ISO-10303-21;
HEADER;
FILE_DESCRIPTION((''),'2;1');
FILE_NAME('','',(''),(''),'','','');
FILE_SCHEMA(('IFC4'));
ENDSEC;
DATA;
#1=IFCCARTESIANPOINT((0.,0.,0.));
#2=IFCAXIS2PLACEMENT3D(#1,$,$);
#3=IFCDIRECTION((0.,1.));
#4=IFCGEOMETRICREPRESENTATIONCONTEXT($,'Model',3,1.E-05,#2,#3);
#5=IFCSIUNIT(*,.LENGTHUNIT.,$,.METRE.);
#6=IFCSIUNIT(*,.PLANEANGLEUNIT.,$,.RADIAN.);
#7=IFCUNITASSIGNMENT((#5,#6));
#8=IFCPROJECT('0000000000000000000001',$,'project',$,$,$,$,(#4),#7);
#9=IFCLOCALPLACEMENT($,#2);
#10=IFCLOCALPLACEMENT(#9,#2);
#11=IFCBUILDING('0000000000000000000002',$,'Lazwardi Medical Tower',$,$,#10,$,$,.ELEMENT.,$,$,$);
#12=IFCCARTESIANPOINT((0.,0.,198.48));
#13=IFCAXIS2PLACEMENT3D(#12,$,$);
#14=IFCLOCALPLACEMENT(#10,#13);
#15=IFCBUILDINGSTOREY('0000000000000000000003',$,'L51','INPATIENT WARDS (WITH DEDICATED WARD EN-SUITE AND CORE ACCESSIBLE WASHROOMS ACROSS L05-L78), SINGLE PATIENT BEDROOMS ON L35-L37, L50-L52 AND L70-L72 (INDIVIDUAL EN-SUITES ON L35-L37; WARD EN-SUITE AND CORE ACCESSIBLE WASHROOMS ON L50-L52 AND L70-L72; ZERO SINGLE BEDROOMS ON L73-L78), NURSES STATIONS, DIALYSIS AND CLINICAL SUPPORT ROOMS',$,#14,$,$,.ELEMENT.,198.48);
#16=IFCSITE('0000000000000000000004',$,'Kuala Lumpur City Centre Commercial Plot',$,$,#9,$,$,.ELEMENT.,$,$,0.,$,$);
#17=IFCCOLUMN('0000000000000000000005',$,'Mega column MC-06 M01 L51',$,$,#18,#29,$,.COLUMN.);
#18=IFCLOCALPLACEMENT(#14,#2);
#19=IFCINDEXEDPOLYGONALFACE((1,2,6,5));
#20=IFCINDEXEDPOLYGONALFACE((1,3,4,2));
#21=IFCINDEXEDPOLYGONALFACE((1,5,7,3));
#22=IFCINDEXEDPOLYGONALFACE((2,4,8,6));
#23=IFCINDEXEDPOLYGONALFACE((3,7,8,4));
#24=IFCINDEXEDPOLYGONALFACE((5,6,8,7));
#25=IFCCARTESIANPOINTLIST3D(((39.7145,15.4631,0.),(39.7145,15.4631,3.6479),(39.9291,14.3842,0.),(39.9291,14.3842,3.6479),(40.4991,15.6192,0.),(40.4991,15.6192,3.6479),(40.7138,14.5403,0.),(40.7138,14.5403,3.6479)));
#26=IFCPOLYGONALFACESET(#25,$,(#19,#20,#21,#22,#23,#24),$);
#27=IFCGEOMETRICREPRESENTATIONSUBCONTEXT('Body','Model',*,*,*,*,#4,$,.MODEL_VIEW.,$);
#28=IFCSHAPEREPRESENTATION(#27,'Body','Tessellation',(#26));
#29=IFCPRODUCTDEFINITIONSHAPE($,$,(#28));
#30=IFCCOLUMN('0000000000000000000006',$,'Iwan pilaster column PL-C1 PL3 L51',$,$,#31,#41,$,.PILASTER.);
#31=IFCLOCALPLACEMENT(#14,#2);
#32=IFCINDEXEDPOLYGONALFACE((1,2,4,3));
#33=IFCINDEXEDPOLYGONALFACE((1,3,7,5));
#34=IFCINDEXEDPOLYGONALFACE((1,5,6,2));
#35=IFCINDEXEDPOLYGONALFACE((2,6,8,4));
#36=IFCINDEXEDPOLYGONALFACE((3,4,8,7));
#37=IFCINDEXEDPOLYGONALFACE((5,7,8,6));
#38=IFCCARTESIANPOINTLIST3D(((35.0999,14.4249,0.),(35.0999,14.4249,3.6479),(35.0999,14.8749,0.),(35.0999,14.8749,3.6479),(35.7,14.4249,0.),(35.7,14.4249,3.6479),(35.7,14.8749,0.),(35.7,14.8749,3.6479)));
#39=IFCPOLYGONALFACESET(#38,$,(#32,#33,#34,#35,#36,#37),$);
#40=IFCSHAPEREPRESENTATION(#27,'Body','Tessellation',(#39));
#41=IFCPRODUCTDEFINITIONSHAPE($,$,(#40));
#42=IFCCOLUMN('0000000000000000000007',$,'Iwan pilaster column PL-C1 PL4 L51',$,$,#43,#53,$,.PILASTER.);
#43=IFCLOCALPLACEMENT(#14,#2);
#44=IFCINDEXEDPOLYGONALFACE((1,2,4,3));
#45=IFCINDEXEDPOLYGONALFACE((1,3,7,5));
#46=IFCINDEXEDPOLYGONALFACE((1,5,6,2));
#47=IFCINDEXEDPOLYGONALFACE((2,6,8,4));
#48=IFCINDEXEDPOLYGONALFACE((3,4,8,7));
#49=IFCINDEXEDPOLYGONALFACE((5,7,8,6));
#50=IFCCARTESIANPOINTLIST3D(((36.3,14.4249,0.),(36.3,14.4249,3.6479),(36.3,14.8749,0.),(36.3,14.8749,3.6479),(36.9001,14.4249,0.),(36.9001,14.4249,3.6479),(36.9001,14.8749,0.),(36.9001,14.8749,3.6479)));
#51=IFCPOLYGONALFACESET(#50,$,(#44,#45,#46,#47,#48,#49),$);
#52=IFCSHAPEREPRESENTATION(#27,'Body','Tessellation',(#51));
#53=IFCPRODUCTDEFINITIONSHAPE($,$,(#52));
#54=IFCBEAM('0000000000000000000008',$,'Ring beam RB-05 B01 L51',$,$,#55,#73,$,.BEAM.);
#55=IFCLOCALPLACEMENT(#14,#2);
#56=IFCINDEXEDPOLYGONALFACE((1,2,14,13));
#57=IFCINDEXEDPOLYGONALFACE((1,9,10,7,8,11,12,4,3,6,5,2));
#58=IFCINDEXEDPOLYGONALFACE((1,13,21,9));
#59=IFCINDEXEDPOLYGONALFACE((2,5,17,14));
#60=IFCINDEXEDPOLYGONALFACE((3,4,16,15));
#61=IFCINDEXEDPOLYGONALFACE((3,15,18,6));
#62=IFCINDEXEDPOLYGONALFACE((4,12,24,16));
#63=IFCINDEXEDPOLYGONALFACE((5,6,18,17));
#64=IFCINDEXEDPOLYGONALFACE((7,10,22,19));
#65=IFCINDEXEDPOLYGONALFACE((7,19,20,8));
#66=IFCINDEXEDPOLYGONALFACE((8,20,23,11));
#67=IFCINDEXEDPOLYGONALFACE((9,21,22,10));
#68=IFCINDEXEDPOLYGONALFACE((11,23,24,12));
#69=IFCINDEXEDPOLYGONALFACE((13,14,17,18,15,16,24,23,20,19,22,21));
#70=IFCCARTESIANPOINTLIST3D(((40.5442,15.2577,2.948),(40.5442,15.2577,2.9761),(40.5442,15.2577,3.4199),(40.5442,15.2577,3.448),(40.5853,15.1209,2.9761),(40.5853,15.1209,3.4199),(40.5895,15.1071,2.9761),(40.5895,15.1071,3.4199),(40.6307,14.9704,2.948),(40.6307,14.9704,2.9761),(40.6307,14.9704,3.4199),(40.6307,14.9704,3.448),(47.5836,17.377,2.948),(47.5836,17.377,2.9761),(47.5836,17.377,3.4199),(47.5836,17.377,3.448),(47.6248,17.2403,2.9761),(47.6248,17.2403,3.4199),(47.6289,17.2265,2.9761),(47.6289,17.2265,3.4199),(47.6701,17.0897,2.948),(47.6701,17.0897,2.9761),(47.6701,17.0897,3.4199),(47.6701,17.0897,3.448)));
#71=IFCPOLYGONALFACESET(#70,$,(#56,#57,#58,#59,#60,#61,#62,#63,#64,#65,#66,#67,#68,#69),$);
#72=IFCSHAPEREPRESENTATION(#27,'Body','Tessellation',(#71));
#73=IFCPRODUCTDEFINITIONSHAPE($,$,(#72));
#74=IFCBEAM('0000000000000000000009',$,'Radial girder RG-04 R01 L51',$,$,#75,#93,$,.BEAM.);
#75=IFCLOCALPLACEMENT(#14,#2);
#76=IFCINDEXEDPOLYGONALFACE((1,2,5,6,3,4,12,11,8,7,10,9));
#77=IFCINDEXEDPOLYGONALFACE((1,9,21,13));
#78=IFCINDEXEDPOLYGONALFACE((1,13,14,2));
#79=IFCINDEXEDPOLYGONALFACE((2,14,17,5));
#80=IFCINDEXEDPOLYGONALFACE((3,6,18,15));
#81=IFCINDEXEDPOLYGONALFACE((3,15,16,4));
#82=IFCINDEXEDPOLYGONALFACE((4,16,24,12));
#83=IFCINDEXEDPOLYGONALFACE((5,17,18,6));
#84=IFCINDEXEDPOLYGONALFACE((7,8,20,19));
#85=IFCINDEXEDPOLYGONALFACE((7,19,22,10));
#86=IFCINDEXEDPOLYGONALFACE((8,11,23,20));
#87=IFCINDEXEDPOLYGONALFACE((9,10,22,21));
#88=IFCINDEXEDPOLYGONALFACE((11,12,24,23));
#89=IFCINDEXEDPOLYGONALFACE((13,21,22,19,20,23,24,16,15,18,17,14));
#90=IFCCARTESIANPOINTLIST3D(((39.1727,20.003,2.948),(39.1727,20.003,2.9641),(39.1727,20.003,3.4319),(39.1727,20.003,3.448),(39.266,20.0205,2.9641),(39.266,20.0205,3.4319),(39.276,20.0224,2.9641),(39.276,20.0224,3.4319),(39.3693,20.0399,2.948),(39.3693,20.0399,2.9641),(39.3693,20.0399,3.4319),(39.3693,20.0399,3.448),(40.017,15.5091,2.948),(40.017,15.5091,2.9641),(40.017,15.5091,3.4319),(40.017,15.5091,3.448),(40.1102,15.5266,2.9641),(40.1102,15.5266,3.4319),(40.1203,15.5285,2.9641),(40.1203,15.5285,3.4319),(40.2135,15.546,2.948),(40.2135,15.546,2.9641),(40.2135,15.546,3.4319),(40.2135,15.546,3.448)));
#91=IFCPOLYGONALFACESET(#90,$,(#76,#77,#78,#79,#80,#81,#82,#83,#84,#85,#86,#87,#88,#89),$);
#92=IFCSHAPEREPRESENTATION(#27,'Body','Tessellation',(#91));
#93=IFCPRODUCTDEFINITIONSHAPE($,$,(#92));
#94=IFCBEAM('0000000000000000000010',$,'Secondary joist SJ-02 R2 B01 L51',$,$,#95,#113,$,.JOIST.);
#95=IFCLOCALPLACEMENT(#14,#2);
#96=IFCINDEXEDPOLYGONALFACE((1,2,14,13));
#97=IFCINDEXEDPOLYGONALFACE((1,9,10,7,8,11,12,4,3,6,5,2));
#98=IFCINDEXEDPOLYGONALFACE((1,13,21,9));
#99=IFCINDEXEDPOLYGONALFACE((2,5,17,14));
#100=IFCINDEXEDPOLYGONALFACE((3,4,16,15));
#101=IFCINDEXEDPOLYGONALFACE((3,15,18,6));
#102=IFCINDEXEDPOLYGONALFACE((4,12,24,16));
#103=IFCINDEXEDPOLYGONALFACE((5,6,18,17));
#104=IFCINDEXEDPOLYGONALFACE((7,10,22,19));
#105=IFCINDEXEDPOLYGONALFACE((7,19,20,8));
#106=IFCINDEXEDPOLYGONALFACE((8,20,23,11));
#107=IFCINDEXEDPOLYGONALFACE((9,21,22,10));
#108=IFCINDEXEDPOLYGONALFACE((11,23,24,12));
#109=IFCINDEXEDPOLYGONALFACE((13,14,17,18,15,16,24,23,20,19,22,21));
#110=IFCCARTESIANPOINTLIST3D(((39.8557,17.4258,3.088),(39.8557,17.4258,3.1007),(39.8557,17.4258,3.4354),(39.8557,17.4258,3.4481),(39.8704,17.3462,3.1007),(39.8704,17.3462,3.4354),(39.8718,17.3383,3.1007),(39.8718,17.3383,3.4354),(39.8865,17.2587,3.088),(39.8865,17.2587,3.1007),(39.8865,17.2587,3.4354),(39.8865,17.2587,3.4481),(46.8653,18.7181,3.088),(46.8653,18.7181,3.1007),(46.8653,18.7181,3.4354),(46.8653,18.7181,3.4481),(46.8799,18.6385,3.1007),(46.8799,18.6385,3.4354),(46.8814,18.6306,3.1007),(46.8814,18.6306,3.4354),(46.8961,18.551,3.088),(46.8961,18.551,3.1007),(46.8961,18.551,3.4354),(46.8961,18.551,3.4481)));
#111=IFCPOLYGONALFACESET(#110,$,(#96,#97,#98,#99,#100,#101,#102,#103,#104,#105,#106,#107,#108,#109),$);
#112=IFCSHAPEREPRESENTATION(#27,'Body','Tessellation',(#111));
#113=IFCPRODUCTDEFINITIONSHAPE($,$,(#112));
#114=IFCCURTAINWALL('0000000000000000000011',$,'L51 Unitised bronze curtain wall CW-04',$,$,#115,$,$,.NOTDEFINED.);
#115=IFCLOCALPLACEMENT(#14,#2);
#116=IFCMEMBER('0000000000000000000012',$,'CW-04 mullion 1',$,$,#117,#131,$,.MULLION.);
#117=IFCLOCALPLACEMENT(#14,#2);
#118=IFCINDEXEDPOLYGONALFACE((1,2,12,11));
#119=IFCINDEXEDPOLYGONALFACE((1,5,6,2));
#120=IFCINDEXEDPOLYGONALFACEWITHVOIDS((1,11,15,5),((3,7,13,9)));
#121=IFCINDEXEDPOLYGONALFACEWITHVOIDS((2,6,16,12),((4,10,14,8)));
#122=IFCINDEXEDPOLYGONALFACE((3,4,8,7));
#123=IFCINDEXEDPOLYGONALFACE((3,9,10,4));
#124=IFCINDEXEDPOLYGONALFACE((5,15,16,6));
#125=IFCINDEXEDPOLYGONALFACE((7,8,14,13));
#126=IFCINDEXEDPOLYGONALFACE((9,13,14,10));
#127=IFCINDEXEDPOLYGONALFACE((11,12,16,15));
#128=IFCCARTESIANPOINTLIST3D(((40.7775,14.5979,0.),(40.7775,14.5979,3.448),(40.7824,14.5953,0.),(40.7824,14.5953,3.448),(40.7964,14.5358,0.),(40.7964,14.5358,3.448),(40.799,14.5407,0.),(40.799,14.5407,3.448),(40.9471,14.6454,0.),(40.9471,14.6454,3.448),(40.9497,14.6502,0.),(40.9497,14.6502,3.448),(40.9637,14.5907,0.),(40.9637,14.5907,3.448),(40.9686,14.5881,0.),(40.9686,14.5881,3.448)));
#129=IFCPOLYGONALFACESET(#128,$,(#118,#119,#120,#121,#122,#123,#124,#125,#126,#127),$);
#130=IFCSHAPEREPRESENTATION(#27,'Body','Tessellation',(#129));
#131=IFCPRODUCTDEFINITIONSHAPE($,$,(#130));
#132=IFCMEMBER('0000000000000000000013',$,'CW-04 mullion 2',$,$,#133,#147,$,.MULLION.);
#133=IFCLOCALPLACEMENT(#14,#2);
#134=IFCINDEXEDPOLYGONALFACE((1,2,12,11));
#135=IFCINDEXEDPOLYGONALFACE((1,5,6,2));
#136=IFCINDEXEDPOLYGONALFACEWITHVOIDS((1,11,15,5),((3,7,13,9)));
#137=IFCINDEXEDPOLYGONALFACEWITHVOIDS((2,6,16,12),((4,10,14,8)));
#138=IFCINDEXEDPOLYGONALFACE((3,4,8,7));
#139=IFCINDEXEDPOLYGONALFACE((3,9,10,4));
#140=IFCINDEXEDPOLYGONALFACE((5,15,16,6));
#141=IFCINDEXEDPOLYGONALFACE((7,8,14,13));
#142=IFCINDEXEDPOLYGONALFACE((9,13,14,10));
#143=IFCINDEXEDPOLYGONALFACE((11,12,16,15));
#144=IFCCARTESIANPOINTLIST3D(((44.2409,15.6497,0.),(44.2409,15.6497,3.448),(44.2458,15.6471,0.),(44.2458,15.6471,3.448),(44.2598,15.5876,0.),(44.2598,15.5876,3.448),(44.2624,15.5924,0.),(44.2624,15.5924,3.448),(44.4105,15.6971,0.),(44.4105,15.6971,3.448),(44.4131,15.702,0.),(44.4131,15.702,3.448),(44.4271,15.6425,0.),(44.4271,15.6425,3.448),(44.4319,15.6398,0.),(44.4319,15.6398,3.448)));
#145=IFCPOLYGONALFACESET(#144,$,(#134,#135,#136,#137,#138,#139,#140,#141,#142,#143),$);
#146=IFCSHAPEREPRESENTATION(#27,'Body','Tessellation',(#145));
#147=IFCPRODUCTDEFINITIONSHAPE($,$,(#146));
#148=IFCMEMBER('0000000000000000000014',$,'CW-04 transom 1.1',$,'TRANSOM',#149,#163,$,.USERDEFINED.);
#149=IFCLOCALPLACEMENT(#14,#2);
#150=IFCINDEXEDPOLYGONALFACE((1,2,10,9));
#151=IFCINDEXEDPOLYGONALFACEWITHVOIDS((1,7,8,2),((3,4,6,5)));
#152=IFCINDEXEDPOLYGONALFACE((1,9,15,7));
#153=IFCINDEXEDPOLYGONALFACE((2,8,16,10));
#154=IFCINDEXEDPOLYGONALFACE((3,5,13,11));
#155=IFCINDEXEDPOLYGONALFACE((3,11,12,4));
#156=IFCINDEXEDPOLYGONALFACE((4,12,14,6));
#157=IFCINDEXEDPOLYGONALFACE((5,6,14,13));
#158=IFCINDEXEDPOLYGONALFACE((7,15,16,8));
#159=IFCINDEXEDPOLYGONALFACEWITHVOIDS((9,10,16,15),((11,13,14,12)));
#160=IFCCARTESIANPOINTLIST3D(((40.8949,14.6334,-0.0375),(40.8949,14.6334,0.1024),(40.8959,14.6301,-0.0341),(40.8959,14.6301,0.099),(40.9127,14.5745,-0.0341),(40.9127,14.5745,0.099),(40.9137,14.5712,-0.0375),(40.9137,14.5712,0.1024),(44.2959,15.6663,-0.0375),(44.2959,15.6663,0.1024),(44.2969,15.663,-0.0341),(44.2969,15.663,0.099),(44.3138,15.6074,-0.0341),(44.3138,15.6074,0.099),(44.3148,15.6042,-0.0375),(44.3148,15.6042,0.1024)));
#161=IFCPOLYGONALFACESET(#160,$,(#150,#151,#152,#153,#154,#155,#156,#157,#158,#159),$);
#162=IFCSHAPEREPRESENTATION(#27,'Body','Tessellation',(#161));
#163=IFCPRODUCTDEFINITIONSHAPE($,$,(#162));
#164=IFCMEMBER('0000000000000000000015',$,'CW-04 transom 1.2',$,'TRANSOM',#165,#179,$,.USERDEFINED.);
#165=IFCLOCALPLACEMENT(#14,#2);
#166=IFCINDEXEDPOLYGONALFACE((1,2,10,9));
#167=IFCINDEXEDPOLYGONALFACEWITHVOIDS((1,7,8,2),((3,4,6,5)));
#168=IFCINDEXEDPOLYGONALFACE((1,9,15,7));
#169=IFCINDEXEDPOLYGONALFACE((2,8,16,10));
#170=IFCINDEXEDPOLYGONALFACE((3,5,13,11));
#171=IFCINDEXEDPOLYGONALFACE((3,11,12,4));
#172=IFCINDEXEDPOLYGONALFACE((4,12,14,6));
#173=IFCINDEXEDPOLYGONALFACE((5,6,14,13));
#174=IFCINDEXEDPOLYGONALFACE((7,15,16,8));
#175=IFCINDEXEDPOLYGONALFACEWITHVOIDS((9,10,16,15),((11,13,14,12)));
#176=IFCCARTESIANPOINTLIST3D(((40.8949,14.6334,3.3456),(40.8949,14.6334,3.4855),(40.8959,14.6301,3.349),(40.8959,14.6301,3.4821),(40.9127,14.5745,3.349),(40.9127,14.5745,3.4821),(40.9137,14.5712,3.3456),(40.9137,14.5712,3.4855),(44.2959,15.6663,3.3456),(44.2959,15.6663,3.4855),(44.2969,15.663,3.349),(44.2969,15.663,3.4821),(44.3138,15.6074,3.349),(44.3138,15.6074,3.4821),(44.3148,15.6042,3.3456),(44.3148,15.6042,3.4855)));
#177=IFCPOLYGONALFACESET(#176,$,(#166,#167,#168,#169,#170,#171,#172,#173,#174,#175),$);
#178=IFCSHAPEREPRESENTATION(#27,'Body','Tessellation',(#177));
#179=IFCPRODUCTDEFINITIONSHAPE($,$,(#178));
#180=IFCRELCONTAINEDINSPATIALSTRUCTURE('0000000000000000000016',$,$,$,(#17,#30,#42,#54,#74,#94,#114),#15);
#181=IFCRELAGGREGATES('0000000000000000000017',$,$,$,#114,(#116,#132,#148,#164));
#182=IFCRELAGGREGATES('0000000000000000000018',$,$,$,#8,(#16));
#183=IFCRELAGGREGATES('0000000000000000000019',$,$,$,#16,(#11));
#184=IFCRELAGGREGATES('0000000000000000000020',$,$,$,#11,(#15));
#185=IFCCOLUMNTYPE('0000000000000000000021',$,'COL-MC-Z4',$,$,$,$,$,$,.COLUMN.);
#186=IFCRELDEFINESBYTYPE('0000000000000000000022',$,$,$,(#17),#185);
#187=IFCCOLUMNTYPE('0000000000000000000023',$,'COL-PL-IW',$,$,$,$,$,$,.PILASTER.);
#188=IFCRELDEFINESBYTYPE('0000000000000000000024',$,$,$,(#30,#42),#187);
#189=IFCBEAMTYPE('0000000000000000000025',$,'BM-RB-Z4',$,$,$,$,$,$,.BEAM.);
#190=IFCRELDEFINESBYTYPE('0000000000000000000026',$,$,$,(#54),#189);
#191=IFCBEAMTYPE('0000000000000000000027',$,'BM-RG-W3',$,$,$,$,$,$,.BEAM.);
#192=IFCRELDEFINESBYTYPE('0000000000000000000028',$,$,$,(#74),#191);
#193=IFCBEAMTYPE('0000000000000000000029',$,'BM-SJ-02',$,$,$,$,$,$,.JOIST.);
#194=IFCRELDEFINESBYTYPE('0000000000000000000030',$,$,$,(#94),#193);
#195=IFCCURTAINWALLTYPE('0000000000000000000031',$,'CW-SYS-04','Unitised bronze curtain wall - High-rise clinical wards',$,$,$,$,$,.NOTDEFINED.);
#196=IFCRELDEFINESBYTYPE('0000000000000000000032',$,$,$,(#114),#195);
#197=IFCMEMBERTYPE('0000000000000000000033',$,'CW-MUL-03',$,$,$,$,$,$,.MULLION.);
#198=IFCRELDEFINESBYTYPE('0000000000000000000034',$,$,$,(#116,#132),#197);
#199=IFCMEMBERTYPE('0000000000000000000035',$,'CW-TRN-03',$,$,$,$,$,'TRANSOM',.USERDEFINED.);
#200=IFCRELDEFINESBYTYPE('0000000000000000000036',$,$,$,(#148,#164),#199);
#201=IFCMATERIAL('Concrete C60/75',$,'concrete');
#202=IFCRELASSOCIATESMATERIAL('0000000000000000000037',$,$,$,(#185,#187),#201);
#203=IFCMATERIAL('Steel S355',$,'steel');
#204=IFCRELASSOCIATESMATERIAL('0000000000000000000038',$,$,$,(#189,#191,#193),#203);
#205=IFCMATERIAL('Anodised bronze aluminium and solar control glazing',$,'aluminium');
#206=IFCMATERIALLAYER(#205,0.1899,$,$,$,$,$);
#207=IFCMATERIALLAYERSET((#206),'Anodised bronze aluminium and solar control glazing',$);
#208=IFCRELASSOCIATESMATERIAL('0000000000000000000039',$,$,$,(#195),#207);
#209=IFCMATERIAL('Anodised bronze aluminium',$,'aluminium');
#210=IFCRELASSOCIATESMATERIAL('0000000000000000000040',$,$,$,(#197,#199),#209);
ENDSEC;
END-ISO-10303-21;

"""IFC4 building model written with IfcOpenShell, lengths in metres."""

from ifc_helpers import new_model, si_unit, direction, frame, origin, origin_2d, place, context, subcontext, project, spatial, rectangle, hollow_rectangle, i_section, extrude, material, layer, layer_set, material_profile, profile_set, type_object, element, aggregate, save


model = new_model("IFC4")

# Units and contexts
model_context = context("Model", 3, precision=1e-05, world=origin(), true_north=direction((0.0, 1.0)))
body_context = subcontext(model_context, "Body", "Model", "MODEL_VIEW")
ifc_project = project(units=[si_unit("LENGTHUNIT", "METRE"), si_unit("PLANEANGLEUNIT", "RADIAN")], contexts=[model_context])

# Site, building, storey
site_placement = place(None, origin())
site = spatial("IfcSite", under=ifc_project, at=site_placement, Name="Kuala Lumpur City Centre Commercial Plot", CompositionType="ELEMENT", RefElevation=0.0)
building_placement = place(site_placement, origin())
building = spatial("IfcBuilding", under=site, at=building_placement, Name="Lazwardi Medical Tower", CompositionType="ELEMENT")
storey_placement = place(building_placement, frame((0.0, 0.0, 198.48)))
storey = spatial("IfcBuildingStorey", under=building, at=storey_placement, Name="L51", Description="INPATIENT WARDS (WITH DEDICATED WARD EN-SUITE AND CORE ACCESSIBLE WASHROOMS ACROSS L05-L78), SINGLE PATIENT BEDROOMS ON L35-L37, L50-L52 AND L70-L72 (INDIVIDUAL EN-SUITES ON L35-L37; WARD EN-SUITE AND CORE ACCESSIBLE WASHROOMS ON L50-L52 AND L70-L72; ZERO SINGLE BEDROOMS ON L73-L78), NURSES STATIONS, DIALYSIS AND CLINICAL SUPPORT ROOMS", CompositionType="ELEMENT", Elevation=198.48)

# Columns
ifc_material_1 = material(Name="Concrete C60/75", Category="concrete")
ifc_material_profile_1 = material_profile(ifc_material_1, rectangle(XDim=1.1001, YDim=0.8, at=origin_2d()), Name="CFT-RECT 1100x800")
ifc_profile_set_1 = profile_set([ifc_material_profile_1], Name="Concrete C60/75")
column_type_1 = type_object("IfcColumnType", Name="COL-MC-Z4", PredefinedType="COLUMN", material=ifc_profile_set_1)
column_placement = place(storey_placement, frame((40.2141, 15.0017, 0.0), z_axis=(0.0, 0.0, 1.0), x_axis=(0.19509, -0.980785, 0.0)))
element("IfcColumn", 1, at=column_placement, inside=storey, type_object=column_type_1, Name="Mega column MC-06 M01 L51", PredefinedType="COLUMN", context=body_context, shape_type="SweptSolid", body=[
    extrude(rectangle(XDim=1.1001, YDim=0.8, at=origin_2d()), origin(), (0.0, 0.0, 1.0), 3.6479),
])
ifc_material_profile_2 = material_profile(ifc_material_1, rectangle(XDim=0.6001, YDim=0.45, at=origin_2d()), Name="RC 600x450")
ifc_profile_set_2 = profile_set([ifc_material_profile_2], Name="Concrete C60/75")
column_type_2 = type_object("IfcColumnType", Name="COL-PL-IW", PredefinedType="PILASTER", material=ifc_profile_set_2)
for number, where, z_axis, x_axis, name in (
    (2, (35.3999, 14.6499, 0.0), (0.0, 0.0, 1.0), (1.0, 0.0, 0.0), "Iwan pilaster column PL-C1 PL3 L51"),
    (3, (36.6001, 14.6499, 0.0), (0.0, 0.0, 1.0), (1.0, 0.0, 0.0), "Iwan pilaster column PL-C1 PL4 L51"),
):
    element("IfcColumn", number, at=place(storey_placement, frame(where, z_axis=z_axis, x_axis=x_axis)), inside=storey, type_object=column_type_2, Name=name, PredefinedType="PILASTER", context=body_context, shape_type="SweptSolid", body=[
        extrude(rectangle(XDim=0.6001, YDim=0.45, at=origin_2d()), origin(), (0.0, 0.0, 1.0), 3.6479),
    ])

# Beams
ifc_material_2 = material(Name="Steel S355", Category="steel")
ifc_material_profile_3 = material_profile(ifc_material_2, i_section(OverallWidth=0.3, OverallDepth=0.5, WebThickness=0.0144, FlangeThickness=0.0281, at=origin_2d()), Name="HEB 500")
ifc_profile_set_3 = profile_set([ifc_material_profile_3], Name="Steel S355")
beam_type_1 = type_object("IfcBeamType", Name="BM-RB-Z4", PredefinedType="BEAM", material=ifc_profile_set_3)
beam_1_placement = place(storey_placement, frame((40.5874, 15.114, 3.198), z_axis=(0.957544, 0.288286, 0.0), x_axis=(-0.288286, 0.957544, 0.0)))
element("IfcBeam", 4, at=beam_1_placement, inside=storey, type_object=beam_type_1, Name="Ring beam RB-05 B01 L51", PredefinedType="BEAM", context=body_context, shape_type="SweptSolid", body=[
    extrude(i_section(OverallWidth=0.3, OverallDepth=0.5, WebThickness=0.0144, FlangeThickness=0.0281, at=origin_2d()), origin(), (0.0, 0.0, 1.0), 7.3516),
])
ifc_material_profile_4 = material_profile(ifc_material_2, i_section(OverallWidth=0.2, OverallDepth=0.5, WebThickness=0.0103, FlangeThickness=0.0161, at=origin_2d()), Name="IPE 500")
ifc_profile_set_4 = profile_set([ifc_material_profile_4], Name="Steel S355")
beam_type_2 = type_object("IfcBeamType", Name="BM-RG-W3", PredefinedType="BEAM", material=ifc_profile_set_4)
beam_2_placement = place(storey_placement, frame((40.1152, 15.5276, 3.198), z_axis=(-0.184633, 0.982807, 0.0), x_axis=(-0.982807, -0.184633, 0.0)))
element("IfcBeam", 5, at=beam_2_placement, inside=storey, type_object=beam_type_2, Name="Radial girder RG-04 R01 L51", PredefinedType="BEAM", context=body_context, shape_type="SweptSolid", body=[
    extrude(i_section(OverallWidth=0.2, OverallDepth=0.5, WebThickness=0.0103, FlangeThickness=0.0161, at=origin_2d()), origin(), (0.0, 0.0, 1.0), 4.5725),
])
ifc_material_profile_5 = material_profile(ifc_material_2, i_section(OverallWidth=0.1699, OverallDepth=0.3601, WebThickness=0.0081, FlangeThickness=0.0127, at=origin_2d()), Name="IPE 360")
ifc_profile_set_5 = profile_set([ifc_material_profile_5], Name="Steel S355")
beam_type_3 = type_object("IfcBeamType", Name="BM-SJ-02", PredefinedType="JOIST", material=ifc_profile_set_5)
beam_3_placement = place(storey_placement, frame((39.8711, 17.3423, 3.2681), z_axis=(0.983428, 0.181299, 0.0), x_axis=(-0.181299, 0.983428, 0.0)))
element("IfcBeam", 6, at=beam_3_placement, inside=storey, type_object=beam_type_3, Name="Secondary joist SJ-02 R2 B01 L51", PredefinedType="JOIST", context=body_context, shape_type="SweptSolid", body=[
    extrude(i_section(OverallWidth=0.1699, OverallDepth=0.3601, WebThickness=0.0081, FlangeThickness=0.0127, at=origin_2d()), origin(), (0.0, 0.0, 1.0), 7.1277),
])

# Curtain wall, members
ifc_material_3 = material(Name="Anodised bronze aluminium and solar control glazing", Category="aluminium")
ifc_layer_1 = layer(ifc_material_3, 0.1899)
ifc_layer_set_1 = layer_set([ifc_layer_1], Name="Anodised bronze aluminium and solar control glazing")
curtain_wall_type = type_object("IfcCurtainWallType", Name="CW-SYS-04", Description="Unitised bronze curtain wall - High-rise clinical wards", PredefinedType="NOTDEFINED", material=ifc_layer_set_1)
curtain_wall_placement = place(storey_placement, origin())
curtain_wall = element("IfcCurtainWall", 7, at=curtain_wall_placement, inside=storey, type_object=curtain_wall_type, Name="L51 Unitised bronze curtain wall CW-04", PredefinedType="NOTDEFINED")
ifc_material_4 = material(Name="Anodised bronze aluminium", Category="aluminium")
ifc_material_profile_6 = material_profile(ifc_material_4, hollow_rectangle(XDim=0.0649, YDim=0.1799, WallThickness=0.0039, at=origin_2d()), Name="ALU-MULLION 180x65x4")
ifc_profile_set_6 = profile_set([ifc_material_profile_6], Name="Anodised bronze aluminium")
member_type_1 = type_object("IfcMemberType", Name="CW-MUL-03", PredefinedType="MULLION", material=ifc_profile_set_6)
member_1_placement = place(storey_placement, frame((40.873, 14.593, 0.0), z_axis=(0.0, 0.0, 1.0), x_axis=(-0.290582, 0.95685, 0.0)))
member_1 = element("IfcMember", 8, at=member_1_placement, type_object=member_type_1, Name="CW-04 mullion 1", PredefinedType="MULLION", context=body_context, shape_type="SweptSolid", body=[
    extrude(hollow_rectangle(XDim=0.0649, YDim=0.1799, WallThickness=0.0039, at=origin_2d()), origin(), (0.0, 0.0, 1.0), 3.448),
])
member_2_placement = place(storey_placement, frame((44.3364, 15.6448, 0.0), z_axis=(0.0, 0.0, 1.0), x_axis=(-0.290582, 0.95685, 0.0)))
member_2 = element("IfcMember", 9, at=member_2_placement, type_object=member_type_1, Name="CW-04 mullion 2", PredefinedType="MULLION", context=body_context, shape_type="SweptSolid", body=[
    extrude(hollow_rectangle(XDim=0.0649, YDim=0.1799, WallThickness=0.0039, at=origin_2d()), origin(), (0.0, 0.0, 1.0), 3.448),
])
ifc_material_profile_7 = material_profile(ifc_material_4, hollow_rectangle(XDim=0.0649, YDim=0.1399, WallThickness=0.0034, at=origin_2d()), Name="ALU-TRANSOM 140x65x3.5")
ifc_profile_set_7 = profile_set([ifc_material_profile_7], Name="Anodised bronze aluminium")
member_type_2 = type_object("IfcMemberType", Name="CW-TRN-03", ElementType="TRANSOM", PredefinedType="USERDEFINED", material=ifc_profile_set_7)
member_3_placement = place(storey_placement, frame((40.9043, 14.6023, 0.0325), z_axis=(0.956843, 0.290604, 0.0), x_axis=(-0.290604, 0.956843, 0.0)))
member_3 = element("IfcMember", 10, at=member_3_placement, type_object=member_type_2, Name="CW-04 transom 1.1", ObjectType="TRANSOM", PredefinedType="USERDEFINED", context=body_context, shape_type="SweptSolid", body=[
    extrude(hollow_rectangle(XDim=0.0649, YDim=0.1399, WallThickness=0.0034, at=origin_2d()), origin(), (0.0, 0.0, 1.0), 3.5544),
])
member_4_placement = place(storey_placement, frame((40.9043, 14.6023, 3.4155), z_axis=(0.956843, 0.290604, 0.0), x_axis=(-0.290604, 0.956843, 0.0)))
member_4 = element("IfcMember", 11, at=member_4_placement, type_object=member_type_2, Name="CW-04 transom 1.2", ObjectType="TRANSOM", PredefinedType="USERDEFINED", context=body_context, shape_type="SweptSolid", body=[
    extrude(hollow_rectangle(XDim=0.0649, YDim=0.1399, WallThickness=0.0034, at=origin_2d()), origin(), (0.0, 0.0, 1.0), 3.5544),
])
aggregate(curtain_wall, [member_1, member_2, member_3, member_4])

save(model, "model.ifc")
